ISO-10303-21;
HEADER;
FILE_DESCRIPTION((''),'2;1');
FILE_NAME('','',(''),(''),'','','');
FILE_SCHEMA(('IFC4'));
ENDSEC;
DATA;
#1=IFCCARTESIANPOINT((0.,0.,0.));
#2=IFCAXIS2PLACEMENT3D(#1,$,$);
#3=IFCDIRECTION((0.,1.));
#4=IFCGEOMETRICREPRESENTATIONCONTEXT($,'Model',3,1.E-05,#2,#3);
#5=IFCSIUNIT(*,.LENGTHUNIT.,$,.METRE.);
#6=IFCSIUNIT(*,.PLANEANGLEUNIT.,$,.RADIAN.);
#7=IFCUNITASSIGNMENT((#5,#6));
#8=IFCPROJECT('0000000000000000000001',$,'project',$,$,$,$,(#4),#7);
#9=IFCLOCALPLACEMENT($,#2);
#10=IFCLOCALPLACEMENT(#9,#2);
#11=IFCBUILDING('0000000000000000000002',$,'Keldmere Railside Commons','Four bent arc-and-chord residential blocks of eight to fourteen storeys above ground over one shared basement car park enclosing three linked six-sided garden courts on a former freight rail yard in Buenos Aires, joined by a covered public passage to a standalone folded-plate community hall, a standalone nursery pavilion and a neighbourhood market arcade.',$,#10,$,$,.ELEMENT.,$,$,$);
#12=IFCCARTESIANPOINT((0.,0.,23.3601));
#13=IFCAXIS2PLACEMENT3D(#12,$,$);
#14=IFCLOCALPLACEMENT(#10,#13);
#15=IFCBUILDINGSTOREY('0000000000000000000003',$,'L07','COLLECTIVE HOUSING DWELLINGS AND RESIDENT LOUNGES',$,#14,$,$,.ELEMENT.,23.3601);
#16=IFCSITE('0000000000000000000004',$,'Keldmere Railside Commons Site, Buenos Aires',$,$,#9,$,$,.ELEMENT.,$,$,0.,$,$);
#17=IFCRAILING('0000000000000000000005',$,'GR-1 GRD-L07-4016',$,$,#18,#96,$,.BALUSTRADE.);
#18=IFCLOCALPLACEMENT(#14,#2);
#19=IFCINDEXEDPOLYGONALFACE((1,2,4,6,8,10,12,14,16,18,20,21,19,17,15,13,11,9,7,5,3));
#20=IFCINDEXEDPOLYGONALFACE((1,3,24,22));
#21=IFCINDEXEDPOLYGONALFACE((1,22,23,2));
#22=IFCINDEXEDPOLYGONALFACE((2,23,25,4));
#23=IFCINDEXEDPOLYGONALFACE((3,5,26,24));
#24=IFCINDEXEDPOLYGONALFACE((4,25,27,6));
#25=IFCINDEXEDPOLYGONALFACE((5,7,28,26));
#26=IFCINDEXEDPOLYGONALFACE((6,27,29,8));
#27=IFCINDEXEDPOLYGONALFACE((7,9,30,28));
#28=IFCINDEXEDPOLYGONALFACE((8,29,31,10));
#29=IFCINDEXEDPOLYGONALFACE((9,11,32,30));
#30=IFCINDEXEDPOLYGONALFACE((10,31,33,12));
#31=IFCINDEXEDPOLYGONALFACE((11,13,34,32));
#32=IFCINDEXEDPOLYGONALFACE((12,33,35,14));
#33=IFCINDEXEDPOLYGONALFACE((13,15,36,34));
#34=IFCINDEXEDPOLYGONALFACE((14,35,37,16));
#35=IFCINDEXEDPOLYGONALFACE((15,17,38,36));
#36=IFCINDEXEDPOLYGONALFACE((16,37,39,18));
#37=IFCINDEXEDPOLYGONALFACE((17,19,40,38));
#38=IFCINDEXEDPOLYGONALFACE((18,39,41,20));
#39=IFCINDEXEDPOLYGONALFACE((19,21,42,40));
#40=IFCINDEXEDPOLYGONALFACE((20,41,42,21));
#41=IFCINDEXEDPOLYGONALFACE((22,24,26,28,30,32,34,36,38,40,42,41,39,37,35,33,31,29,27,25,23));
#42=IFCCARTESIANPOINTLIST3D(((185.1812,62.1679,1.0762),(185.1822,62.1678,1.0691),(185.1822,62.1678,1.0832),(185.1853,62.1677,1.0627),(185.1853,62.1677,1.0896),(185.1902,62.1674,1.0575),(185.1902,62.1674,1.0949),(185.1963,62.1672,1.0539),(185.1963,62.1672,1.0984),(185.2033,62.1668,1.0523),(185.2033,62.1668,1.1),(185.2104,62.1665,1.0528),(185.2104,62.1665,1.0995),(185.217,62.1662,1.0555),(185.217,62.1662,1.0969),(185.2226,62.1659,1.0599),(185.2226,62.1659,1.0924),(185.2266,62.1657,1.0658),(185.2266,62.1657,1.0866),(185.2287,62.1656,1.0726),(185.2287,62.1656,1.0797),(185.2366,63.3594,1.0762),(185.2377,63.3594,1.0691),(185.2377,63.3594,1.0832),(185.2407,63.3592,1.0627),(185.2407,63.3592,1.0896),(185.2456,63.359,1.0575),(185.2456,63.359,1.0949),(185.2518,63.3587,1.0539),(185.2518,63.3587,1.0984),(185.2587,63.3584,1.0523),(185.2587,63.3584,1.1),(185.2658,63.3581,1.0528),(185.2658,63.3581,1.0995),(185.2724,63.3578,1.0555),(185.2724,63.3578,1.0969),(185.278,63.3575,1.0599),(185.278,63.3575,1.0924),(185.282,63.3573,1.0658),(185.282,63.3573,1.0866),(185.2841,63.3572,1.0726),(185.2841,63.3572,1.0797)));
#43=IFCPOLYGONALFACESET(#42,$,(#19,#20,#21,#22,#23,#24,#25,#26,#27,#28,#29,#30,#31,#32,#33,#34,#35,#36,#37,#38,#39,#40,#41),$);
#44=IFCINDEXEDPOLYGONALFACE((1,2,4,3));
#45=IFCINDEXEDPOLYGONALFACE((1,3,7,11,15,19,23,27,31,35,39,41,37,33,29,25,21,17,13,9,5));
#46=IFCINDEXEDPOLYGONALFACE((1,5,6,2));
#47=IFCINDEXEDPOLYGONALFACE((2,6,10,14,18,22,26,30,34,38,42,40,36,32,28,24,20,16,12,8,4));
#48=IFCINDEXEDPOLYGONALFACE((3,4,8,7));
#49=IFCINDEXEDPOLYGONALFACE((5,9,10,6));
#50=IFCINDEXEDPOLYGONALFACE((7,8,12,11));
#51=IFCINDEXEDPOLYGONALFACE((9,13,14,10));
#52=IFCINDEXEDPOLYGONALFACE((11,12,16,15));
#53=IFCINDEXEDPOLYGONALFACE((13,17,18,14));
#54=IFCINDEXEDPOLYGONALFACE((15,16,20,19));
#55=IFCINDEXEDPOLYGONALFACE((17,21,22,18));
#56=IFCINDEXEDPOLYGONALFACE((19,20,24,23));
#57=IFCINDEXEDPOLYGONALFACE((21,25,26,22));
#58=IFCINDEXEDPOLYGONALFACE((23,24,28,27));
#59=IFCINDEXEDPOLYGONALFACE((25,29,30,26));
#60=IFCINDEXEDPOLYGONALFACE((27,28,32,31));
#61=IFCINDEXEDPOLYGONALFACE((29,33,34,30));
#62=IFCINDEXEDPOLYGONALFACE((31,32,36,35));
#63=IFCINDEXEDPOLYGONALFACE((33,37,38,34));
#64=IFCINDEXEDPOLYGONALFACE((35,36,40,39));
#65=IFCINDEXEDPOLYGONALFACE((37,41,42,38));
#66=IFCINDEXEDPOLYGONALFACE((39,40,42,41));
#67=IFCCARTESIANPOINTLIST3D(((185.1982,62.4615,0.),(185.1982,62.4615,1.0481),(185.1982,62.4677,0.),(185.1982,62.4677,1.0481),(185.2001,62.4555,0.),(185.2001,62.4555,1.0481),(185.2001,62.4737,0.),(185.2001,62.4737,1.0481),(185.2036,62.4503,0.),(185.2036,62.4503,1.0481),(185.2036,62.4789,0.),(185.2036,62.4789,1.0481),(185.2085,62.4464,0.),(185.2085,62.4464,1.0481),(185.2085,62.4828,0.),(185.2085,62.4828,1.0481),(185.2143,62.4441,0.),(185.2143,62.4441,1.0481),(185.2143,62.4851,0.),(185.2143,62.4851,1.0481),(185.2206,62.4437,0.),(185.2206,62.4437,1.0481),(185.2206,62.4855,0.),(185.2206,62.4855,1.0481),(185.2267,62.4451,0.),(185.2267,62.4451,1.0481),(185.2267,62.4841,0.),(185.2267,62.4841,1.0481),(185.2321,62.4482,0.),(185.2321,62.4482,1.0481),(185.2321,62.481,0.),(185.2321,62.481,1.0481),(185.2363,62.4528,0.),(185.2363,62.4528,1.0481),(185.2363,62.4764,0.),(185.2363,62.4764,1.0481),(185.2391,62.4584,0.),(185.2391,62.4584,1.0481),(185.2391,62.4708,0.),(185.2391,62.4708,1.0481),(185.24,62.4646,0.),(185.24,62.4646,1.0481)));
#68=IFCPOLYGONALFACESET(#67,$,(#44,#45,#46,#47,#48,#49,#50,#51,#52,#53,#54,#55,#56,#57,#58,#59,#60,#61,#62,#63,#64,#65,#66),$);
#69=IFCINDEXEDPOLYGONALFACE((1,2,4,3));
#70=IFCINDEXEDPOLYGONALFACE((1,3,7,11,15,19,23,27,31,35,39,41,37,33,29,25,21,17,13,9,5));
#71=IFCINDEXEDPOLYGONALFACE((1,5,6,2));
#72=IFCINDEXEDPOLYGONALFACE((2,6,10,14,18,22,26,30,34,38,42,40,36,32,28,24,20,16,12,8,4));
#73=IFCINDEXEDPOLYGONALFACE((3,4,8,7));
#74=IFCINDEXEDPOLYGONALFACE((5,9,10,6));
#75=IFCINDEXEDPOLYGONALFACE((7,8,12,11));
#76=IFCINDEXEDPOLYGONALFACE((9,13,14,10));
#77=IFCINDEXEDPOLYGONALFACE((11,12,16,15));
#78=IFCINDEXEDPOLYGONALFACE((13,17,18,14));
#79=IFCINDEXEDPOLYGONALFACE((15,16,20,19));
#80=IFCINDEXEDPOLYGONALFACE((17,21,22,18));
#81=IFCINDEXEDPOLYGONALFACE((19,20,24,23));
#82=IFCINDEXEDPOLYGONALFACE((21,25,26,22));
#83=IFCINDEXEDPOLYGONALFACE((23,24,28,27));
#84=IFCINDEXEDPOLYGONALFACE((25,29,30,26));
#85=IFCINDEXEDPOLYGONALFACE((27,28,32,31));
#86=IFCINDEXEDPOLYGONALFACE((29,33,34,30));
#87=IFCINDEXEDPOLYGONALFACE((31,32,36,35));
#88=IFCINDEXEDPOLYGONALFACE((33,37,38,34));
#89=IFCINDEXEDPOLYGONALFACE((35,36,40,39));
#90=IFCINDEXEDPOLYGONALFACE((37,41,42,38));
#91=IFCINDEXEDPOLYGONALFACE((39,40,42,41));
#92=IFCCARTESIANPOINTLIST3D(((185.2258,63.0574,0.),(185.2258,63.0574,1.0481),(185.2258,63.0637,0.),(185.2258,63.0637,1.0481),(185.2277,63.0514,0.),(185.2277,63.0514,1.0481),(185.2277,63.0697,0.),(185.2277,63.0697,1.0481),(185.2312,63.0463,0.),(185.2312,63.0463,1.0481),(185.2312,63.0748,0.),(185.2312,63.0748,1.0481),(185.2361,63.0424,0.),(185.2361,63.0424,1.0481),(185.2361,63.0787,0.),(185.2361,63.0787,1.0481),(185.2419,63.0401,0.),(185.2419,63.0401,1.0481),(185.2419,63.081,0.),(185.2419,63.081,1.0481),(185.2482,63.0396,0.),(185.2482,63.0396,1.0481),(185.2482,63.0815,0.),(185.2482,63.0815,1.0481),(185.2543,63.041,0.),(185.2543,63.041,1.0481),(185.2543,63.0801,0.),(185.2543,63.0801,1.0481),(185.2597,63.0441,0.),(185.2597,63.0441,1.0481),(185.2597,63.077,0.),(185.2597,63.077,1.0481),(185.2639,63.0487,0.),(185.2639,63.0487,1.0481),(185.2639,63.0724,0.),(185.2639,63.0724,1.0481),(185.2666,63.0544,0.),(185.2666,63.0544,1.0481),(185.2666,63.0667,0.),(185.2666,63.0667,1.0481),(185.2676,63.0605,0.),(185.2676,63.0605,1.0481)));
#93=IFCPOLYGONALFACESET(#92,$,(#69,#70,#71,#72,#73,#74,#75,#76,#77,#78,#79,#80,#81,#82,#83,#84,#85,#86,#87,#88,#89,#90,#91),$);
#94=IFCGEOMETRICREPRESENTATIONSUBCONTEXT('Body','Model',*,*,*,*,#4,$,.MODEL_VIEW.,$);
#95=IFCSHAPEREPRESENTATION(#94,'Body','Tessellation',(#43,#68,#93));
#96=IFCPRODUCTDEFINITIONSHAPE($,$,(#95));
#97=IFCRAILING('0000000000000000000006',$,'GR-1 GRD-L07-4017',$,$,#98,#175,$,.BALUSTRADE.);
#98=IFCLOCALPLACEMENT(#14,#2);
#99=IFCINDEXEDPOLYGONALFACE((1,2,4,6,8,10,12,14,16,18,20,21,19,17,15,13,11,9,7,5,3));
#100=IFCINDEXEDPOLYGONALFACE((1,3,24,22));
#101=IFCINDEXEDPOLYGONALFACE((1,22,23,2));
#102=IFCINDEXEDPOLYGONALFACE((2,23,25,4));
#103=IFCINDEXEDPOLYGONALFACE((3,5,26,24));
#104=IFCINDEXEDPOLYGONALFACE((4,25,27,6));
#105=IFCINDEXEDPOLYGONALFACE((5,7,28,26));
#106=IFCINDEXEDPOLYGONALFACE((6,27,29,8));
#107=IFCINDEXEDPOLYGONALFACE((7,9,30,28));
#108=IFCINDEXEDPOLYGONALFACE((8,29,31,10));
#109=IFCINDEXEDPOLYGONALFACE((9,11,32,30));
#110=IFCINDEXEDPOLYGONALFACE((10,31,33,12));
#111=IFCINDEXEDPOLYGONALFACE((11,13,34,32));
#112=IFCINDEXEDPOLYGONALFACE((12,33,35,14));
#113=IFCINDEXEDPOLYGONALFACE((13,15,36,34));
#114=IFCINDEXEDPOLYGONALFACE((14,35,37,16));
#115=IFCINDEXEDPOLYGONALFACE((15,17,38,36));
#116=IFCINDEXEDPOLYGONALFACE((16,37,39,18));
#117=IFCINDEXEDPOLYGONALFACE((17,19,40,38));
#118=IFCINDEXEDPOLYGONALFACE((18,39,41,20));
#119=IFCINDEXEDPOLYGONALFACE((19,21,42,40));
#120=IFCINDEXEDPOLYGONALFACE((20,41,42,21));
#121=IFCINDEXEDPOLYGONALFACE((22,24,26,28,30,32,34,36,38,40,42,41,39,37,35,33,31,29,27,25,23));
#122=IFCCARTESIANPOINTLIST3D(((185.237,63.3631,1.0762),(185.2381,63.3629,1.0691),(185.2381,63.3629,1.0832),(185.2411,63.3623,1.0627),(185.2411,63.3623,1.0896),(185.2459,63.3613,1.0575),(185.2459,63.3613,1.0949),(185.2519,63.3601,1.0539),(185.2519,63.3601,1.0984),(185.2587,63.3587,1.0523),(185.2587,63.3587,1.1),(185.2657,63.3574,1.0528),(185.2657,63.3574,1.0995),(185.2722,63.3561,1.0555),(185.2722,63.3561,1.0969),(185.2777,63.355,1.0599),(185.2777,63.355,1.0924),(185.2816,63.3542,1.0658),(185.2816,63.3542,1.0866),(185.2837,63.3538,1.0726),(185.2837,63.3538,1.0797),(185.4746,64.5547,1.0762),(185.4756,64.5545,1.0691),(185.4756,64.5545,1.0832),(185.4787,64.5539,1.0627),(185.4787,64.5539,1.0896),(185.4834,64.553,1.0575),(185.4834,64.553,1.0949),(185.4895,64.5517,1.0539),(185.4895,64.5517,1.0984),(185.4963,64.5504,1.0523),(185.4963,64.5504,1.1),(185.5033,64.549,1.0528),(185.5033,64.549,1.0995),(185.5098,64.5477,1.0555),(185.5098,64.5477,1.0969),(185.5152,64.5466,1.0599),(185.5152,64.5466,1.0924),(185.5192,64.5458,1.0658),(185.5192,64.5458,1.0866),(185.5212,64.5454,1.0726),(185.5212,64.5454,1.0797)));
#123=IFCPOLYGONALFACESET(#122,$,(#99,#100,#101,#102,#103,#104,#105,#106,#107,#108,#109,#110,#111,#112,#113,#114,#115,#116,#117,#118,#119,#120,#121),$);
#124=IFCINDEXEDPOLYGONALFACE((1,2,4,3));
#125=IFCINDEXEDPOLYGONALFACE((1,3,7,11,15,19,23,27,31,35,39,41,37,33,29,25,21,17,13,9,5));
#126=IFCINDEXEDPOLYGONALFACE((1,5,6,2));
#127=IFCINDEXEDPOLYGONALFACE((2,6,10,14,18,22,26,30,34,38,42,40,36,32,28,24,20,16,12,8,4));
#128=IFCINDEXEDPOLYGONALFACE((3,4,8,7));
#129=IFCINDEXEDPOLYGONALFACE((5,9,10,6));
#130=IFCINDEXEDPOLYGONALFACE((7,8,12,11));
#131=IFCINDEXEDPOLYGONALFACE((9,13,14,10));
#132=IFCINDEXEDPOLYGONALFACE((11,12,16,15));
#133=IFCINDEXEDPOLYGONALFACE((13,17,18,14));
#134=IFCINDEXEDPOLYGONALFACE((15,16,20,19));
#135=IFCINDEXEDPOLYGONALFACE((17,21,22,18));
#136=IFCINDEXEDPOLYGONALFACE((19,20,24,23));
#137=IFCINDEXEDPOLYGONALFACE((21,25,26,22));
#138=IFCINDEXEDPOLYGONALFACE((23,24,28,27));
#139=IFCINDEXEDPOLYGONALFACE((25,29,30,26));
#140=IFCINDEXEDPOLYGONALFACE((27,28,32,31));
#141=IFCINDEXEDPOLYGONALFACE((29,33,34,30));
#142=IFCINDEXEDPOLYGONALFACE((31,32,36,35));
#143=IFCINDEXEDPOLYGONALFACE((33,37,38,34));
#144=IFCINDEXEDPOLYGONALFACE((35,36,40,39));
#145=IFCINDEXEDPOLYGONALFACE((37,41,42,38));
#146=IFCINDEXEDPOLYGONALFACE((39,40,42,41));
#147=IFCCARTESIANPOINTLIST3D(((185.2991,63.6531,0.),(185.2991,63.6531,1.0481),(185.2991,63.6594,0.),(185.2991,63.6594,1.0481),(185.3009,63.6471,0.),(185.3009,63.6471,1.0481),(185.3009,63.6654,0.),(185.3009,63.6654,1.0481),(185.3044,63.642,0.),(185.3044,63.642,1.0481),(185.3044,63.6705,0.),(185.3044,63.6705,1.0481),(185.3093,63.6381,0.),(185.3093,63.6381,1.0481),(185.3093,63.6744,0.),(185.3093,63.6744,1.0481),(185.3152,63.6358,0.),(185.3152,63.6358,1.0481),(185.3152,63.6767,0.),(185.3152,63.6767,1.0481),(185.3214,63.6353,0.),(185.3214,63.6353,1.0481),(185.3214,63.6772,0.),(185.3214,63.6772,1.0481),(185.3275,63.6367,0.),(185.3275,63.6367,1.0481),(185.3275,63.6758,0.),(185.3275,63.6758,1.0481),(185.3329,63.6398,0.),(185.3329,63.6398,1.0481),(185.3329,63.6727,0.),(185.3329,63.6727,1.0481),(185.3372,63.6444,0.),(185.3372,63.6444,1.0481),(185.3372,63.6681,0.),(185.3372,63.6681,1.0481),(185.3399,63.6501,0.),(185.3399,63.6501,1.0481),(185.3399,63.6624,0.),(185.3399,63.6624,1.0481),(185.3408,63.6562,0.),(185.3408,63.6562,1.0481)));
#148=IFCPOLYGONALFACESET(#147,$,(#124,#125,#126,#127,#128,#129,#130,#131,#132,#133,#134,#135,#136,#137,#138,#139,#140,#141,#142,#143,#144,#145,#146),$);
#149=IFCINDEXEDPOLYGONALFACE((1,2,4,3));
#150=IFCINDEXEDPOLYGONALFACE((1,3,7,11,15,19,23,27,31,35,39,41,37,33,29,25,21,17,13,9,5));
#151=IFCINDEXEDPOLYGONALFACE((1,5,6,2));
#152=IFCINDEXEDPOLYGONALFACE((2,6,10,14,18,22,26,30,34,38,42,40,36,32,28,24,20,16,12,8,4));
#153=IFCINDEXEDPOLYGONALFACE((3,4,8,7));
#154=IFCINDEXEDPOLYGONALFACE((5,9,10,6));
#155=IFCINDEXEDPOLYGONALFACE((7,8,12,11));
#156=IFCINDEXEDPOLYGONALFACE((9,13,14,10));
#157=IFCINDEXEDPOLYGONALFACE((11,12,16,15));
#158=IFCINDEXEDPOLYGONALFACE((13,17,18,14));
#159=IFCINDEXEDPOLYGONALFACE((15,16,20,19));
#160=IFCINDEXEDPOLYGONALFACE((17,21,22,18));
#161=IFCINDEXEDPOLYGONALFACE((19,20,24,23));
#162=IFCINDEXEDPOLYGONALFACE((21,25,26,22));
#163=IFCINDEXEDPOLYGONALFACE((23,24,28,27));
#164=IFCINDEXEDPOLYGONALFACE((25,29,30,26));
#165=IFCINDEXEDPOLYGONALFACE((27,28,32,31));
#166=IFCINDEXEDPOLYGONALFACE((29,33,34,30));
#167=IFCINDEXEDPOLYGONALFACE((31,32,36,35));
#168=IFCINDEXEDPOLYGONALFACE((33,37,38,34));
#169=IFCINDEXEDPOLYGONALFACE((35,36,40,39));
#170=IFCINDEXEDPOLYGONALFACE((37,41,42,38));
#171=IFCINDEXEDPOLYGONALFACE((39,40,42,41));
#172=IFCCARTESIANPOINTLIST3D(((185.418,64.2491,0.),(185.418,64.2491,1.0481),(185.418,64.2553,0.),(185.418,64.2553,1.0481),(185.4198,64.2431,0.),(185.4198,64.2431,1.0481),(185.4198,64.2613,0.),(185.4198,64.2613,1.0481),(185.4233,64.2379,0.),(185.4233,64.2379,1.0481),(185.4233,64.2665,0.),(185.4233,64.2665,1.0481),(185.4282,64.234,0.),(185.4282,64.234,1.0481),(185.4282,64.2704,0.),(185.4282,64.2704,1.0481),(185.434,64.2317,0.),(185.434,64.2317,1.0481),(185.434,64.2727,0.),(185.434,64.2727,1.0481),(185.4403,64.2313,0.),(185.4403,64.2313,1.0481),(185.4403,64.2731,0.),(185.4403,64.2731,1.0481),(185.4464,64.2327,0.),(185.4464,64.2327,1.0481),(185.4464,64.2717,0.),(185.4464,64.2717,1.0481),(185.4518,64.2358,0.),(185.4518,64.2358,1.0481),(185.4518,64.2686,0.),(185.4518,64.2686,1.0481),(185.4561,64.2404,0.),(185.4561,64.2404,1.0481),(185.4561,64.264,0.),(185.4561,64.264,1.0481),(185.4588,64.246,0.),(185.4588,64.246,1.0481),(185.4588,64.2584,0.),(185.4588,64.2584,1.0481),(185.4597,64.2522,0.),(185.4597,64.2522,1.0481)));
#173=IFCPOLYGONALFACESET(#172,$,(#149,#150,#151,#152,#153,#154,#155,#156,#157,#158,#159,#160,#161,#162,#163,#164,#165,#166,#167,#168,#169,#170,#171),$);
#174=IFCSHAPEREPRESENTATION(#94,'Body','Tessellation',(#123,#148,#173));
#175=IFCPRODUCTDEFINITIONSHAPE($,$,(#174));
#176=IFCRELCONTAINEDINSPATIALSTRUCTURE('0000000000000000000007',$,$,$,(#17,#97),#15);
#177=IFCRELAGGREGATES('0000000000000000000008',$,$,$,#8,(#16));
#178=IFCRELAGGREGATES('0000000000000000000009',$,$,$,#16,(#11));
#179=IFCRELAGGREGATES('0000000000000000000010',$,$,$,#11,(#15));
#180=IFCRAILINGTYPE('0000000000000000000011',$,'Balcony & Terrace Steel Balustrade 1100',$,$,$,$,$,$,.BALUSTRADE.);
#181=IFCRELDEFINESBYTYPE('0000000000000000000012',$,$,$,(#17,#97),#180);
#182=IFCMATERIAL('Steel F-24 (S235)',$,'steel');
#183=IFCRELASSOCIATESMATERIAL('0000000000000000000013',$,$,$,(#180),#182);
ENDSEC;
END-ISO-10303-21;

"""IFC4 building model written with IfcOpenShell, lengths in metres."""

from ifc_helpers import new_model, si_unit, direction, frame, origin, origin_2d, place, context, subcontext, project, spatial, circle, extrude, material, type_object, element, save


model = new_model("IFC4")

# Units and contexts
model_context = context("Model", 3, precision=1e-05, world=origin(), true_north=direction((0.0, 1.0)))
body_context = subcontext(model_context, "Body", "Model", "MODEL_VIEW")
ifc_project = project(units=[si_unit("LENGTHUNIT", "METRE"), si_unit("PLANEANGLEUNIT", "RADIAN")], contexts=[model_context])

# Site, building, storey
site_placement = place(None, origin())
site = spatial("IfcSite", under=ifc_project, at=site_placement, Name="Keldmere Railside Commons Site, Buenos Aires", CompositionType="ELEMENT", RefElevation=0.0)
building_placement = place(site_placement, origin())
building = spatial("IfcBuilding", under=site, at=building_placement, Name="Keldmere Railside Commons", Description="Four bent arc-and-chord residential blocks of eight to fourteen storeys above ground over one shared basement car park enclosing three linked six-sided garden courts on a former freight rail yard in Buenos Aires, joined by a covered public passage to a standalone folded-plate community hall, a standalone nursery pavilion and a neighbourhood market arcade.", CompositionType="ELEMENT")
storey_placement = place(building_placement, frame((0.0, 0.0, 23.3601)))
storey = spatial("IfcBuildingStorey", under=building, at=storey_placement, Name="L07", Description="COLLECTIVE HOUSING DWELLINGS AND RESIDENT LOUNGES", CompositionType="ELEMENT", Elevation=23.3601)

# Railings
ifc_material_1 = material(Name="Steel F-24 (S235)", Category="steel")
railing_type = type_object("IfcRailingType", Name="Balcony & Terrace Steel Balustrade 1100", PredefinedType="BALUSTRADE", material=ifc_material_1)
railing_1_placement = place(storey_placement, frame((185.2051, 62.1667, 0.0)))
element("IfcRailing", 1, at=railing_1_placement, inside=storey, type_object=railing_type, Name="GR-1 GRD-L07-4016", PredefinedType="BALUSTRADE", context=body_context, shape_type="SweptSolid", body=[
    extrude(circle(Radius=0.0239, at=origin_2d()), frame((0.0, 0.0, 1.0762), z_axis=(0.046457, 0.99892, 0.0), x_axis=(-0.99892, 0.046457, 0.0)), (0.0, 0.0, 1.0), 1.1929),
    extrude(circle(Radius=0.021, at=origin_2d()), frame((0.0139, 0.2979, 0.0)), (0.0, 0.0, 1.0), 1.0481),
    extrude(circle(Radius=0.021, at=origin_2d()), frame((0.0415, 0.8938, 0.0)), (0.0, 0.0, 1.0), 1.0481),
])
railing_2_placement = place(storey_placement, frame((185.2605, 63.3584, 0.0)))
element("IfcRailing", 2, at=railing_2_placement, inside=storey, type_object=railing_type, Name="GR-1 GRD-L07-4017", PredefinedType="BALUSTRADE", context=body_context, shape_type="SweptSolid", body=[
    extrude(circle(Radius=0.0239, at=origin_2d()), frame((0.0, 0.0, 1.0762), z_axis=(0.195498, 0.980704, 0.0), x_axis=(-0.980704, 0.195498, 0.0)), (0.0, 0.0, 1.0), 1.2151),
    extrude(circle(Radius=0.021, at=origin_2d()), frame((0.0593, 0.2979, 0.0)), (0.0, 0.0, 1.0), 1.0481),
    extrude(circle(Radius=0.021, at=origin_2d()), frame((0.1782, 0.8938, 0.0)), (0.0, 0.0, 1.0), 1.0481),
])

save(model, "model.ifc")
